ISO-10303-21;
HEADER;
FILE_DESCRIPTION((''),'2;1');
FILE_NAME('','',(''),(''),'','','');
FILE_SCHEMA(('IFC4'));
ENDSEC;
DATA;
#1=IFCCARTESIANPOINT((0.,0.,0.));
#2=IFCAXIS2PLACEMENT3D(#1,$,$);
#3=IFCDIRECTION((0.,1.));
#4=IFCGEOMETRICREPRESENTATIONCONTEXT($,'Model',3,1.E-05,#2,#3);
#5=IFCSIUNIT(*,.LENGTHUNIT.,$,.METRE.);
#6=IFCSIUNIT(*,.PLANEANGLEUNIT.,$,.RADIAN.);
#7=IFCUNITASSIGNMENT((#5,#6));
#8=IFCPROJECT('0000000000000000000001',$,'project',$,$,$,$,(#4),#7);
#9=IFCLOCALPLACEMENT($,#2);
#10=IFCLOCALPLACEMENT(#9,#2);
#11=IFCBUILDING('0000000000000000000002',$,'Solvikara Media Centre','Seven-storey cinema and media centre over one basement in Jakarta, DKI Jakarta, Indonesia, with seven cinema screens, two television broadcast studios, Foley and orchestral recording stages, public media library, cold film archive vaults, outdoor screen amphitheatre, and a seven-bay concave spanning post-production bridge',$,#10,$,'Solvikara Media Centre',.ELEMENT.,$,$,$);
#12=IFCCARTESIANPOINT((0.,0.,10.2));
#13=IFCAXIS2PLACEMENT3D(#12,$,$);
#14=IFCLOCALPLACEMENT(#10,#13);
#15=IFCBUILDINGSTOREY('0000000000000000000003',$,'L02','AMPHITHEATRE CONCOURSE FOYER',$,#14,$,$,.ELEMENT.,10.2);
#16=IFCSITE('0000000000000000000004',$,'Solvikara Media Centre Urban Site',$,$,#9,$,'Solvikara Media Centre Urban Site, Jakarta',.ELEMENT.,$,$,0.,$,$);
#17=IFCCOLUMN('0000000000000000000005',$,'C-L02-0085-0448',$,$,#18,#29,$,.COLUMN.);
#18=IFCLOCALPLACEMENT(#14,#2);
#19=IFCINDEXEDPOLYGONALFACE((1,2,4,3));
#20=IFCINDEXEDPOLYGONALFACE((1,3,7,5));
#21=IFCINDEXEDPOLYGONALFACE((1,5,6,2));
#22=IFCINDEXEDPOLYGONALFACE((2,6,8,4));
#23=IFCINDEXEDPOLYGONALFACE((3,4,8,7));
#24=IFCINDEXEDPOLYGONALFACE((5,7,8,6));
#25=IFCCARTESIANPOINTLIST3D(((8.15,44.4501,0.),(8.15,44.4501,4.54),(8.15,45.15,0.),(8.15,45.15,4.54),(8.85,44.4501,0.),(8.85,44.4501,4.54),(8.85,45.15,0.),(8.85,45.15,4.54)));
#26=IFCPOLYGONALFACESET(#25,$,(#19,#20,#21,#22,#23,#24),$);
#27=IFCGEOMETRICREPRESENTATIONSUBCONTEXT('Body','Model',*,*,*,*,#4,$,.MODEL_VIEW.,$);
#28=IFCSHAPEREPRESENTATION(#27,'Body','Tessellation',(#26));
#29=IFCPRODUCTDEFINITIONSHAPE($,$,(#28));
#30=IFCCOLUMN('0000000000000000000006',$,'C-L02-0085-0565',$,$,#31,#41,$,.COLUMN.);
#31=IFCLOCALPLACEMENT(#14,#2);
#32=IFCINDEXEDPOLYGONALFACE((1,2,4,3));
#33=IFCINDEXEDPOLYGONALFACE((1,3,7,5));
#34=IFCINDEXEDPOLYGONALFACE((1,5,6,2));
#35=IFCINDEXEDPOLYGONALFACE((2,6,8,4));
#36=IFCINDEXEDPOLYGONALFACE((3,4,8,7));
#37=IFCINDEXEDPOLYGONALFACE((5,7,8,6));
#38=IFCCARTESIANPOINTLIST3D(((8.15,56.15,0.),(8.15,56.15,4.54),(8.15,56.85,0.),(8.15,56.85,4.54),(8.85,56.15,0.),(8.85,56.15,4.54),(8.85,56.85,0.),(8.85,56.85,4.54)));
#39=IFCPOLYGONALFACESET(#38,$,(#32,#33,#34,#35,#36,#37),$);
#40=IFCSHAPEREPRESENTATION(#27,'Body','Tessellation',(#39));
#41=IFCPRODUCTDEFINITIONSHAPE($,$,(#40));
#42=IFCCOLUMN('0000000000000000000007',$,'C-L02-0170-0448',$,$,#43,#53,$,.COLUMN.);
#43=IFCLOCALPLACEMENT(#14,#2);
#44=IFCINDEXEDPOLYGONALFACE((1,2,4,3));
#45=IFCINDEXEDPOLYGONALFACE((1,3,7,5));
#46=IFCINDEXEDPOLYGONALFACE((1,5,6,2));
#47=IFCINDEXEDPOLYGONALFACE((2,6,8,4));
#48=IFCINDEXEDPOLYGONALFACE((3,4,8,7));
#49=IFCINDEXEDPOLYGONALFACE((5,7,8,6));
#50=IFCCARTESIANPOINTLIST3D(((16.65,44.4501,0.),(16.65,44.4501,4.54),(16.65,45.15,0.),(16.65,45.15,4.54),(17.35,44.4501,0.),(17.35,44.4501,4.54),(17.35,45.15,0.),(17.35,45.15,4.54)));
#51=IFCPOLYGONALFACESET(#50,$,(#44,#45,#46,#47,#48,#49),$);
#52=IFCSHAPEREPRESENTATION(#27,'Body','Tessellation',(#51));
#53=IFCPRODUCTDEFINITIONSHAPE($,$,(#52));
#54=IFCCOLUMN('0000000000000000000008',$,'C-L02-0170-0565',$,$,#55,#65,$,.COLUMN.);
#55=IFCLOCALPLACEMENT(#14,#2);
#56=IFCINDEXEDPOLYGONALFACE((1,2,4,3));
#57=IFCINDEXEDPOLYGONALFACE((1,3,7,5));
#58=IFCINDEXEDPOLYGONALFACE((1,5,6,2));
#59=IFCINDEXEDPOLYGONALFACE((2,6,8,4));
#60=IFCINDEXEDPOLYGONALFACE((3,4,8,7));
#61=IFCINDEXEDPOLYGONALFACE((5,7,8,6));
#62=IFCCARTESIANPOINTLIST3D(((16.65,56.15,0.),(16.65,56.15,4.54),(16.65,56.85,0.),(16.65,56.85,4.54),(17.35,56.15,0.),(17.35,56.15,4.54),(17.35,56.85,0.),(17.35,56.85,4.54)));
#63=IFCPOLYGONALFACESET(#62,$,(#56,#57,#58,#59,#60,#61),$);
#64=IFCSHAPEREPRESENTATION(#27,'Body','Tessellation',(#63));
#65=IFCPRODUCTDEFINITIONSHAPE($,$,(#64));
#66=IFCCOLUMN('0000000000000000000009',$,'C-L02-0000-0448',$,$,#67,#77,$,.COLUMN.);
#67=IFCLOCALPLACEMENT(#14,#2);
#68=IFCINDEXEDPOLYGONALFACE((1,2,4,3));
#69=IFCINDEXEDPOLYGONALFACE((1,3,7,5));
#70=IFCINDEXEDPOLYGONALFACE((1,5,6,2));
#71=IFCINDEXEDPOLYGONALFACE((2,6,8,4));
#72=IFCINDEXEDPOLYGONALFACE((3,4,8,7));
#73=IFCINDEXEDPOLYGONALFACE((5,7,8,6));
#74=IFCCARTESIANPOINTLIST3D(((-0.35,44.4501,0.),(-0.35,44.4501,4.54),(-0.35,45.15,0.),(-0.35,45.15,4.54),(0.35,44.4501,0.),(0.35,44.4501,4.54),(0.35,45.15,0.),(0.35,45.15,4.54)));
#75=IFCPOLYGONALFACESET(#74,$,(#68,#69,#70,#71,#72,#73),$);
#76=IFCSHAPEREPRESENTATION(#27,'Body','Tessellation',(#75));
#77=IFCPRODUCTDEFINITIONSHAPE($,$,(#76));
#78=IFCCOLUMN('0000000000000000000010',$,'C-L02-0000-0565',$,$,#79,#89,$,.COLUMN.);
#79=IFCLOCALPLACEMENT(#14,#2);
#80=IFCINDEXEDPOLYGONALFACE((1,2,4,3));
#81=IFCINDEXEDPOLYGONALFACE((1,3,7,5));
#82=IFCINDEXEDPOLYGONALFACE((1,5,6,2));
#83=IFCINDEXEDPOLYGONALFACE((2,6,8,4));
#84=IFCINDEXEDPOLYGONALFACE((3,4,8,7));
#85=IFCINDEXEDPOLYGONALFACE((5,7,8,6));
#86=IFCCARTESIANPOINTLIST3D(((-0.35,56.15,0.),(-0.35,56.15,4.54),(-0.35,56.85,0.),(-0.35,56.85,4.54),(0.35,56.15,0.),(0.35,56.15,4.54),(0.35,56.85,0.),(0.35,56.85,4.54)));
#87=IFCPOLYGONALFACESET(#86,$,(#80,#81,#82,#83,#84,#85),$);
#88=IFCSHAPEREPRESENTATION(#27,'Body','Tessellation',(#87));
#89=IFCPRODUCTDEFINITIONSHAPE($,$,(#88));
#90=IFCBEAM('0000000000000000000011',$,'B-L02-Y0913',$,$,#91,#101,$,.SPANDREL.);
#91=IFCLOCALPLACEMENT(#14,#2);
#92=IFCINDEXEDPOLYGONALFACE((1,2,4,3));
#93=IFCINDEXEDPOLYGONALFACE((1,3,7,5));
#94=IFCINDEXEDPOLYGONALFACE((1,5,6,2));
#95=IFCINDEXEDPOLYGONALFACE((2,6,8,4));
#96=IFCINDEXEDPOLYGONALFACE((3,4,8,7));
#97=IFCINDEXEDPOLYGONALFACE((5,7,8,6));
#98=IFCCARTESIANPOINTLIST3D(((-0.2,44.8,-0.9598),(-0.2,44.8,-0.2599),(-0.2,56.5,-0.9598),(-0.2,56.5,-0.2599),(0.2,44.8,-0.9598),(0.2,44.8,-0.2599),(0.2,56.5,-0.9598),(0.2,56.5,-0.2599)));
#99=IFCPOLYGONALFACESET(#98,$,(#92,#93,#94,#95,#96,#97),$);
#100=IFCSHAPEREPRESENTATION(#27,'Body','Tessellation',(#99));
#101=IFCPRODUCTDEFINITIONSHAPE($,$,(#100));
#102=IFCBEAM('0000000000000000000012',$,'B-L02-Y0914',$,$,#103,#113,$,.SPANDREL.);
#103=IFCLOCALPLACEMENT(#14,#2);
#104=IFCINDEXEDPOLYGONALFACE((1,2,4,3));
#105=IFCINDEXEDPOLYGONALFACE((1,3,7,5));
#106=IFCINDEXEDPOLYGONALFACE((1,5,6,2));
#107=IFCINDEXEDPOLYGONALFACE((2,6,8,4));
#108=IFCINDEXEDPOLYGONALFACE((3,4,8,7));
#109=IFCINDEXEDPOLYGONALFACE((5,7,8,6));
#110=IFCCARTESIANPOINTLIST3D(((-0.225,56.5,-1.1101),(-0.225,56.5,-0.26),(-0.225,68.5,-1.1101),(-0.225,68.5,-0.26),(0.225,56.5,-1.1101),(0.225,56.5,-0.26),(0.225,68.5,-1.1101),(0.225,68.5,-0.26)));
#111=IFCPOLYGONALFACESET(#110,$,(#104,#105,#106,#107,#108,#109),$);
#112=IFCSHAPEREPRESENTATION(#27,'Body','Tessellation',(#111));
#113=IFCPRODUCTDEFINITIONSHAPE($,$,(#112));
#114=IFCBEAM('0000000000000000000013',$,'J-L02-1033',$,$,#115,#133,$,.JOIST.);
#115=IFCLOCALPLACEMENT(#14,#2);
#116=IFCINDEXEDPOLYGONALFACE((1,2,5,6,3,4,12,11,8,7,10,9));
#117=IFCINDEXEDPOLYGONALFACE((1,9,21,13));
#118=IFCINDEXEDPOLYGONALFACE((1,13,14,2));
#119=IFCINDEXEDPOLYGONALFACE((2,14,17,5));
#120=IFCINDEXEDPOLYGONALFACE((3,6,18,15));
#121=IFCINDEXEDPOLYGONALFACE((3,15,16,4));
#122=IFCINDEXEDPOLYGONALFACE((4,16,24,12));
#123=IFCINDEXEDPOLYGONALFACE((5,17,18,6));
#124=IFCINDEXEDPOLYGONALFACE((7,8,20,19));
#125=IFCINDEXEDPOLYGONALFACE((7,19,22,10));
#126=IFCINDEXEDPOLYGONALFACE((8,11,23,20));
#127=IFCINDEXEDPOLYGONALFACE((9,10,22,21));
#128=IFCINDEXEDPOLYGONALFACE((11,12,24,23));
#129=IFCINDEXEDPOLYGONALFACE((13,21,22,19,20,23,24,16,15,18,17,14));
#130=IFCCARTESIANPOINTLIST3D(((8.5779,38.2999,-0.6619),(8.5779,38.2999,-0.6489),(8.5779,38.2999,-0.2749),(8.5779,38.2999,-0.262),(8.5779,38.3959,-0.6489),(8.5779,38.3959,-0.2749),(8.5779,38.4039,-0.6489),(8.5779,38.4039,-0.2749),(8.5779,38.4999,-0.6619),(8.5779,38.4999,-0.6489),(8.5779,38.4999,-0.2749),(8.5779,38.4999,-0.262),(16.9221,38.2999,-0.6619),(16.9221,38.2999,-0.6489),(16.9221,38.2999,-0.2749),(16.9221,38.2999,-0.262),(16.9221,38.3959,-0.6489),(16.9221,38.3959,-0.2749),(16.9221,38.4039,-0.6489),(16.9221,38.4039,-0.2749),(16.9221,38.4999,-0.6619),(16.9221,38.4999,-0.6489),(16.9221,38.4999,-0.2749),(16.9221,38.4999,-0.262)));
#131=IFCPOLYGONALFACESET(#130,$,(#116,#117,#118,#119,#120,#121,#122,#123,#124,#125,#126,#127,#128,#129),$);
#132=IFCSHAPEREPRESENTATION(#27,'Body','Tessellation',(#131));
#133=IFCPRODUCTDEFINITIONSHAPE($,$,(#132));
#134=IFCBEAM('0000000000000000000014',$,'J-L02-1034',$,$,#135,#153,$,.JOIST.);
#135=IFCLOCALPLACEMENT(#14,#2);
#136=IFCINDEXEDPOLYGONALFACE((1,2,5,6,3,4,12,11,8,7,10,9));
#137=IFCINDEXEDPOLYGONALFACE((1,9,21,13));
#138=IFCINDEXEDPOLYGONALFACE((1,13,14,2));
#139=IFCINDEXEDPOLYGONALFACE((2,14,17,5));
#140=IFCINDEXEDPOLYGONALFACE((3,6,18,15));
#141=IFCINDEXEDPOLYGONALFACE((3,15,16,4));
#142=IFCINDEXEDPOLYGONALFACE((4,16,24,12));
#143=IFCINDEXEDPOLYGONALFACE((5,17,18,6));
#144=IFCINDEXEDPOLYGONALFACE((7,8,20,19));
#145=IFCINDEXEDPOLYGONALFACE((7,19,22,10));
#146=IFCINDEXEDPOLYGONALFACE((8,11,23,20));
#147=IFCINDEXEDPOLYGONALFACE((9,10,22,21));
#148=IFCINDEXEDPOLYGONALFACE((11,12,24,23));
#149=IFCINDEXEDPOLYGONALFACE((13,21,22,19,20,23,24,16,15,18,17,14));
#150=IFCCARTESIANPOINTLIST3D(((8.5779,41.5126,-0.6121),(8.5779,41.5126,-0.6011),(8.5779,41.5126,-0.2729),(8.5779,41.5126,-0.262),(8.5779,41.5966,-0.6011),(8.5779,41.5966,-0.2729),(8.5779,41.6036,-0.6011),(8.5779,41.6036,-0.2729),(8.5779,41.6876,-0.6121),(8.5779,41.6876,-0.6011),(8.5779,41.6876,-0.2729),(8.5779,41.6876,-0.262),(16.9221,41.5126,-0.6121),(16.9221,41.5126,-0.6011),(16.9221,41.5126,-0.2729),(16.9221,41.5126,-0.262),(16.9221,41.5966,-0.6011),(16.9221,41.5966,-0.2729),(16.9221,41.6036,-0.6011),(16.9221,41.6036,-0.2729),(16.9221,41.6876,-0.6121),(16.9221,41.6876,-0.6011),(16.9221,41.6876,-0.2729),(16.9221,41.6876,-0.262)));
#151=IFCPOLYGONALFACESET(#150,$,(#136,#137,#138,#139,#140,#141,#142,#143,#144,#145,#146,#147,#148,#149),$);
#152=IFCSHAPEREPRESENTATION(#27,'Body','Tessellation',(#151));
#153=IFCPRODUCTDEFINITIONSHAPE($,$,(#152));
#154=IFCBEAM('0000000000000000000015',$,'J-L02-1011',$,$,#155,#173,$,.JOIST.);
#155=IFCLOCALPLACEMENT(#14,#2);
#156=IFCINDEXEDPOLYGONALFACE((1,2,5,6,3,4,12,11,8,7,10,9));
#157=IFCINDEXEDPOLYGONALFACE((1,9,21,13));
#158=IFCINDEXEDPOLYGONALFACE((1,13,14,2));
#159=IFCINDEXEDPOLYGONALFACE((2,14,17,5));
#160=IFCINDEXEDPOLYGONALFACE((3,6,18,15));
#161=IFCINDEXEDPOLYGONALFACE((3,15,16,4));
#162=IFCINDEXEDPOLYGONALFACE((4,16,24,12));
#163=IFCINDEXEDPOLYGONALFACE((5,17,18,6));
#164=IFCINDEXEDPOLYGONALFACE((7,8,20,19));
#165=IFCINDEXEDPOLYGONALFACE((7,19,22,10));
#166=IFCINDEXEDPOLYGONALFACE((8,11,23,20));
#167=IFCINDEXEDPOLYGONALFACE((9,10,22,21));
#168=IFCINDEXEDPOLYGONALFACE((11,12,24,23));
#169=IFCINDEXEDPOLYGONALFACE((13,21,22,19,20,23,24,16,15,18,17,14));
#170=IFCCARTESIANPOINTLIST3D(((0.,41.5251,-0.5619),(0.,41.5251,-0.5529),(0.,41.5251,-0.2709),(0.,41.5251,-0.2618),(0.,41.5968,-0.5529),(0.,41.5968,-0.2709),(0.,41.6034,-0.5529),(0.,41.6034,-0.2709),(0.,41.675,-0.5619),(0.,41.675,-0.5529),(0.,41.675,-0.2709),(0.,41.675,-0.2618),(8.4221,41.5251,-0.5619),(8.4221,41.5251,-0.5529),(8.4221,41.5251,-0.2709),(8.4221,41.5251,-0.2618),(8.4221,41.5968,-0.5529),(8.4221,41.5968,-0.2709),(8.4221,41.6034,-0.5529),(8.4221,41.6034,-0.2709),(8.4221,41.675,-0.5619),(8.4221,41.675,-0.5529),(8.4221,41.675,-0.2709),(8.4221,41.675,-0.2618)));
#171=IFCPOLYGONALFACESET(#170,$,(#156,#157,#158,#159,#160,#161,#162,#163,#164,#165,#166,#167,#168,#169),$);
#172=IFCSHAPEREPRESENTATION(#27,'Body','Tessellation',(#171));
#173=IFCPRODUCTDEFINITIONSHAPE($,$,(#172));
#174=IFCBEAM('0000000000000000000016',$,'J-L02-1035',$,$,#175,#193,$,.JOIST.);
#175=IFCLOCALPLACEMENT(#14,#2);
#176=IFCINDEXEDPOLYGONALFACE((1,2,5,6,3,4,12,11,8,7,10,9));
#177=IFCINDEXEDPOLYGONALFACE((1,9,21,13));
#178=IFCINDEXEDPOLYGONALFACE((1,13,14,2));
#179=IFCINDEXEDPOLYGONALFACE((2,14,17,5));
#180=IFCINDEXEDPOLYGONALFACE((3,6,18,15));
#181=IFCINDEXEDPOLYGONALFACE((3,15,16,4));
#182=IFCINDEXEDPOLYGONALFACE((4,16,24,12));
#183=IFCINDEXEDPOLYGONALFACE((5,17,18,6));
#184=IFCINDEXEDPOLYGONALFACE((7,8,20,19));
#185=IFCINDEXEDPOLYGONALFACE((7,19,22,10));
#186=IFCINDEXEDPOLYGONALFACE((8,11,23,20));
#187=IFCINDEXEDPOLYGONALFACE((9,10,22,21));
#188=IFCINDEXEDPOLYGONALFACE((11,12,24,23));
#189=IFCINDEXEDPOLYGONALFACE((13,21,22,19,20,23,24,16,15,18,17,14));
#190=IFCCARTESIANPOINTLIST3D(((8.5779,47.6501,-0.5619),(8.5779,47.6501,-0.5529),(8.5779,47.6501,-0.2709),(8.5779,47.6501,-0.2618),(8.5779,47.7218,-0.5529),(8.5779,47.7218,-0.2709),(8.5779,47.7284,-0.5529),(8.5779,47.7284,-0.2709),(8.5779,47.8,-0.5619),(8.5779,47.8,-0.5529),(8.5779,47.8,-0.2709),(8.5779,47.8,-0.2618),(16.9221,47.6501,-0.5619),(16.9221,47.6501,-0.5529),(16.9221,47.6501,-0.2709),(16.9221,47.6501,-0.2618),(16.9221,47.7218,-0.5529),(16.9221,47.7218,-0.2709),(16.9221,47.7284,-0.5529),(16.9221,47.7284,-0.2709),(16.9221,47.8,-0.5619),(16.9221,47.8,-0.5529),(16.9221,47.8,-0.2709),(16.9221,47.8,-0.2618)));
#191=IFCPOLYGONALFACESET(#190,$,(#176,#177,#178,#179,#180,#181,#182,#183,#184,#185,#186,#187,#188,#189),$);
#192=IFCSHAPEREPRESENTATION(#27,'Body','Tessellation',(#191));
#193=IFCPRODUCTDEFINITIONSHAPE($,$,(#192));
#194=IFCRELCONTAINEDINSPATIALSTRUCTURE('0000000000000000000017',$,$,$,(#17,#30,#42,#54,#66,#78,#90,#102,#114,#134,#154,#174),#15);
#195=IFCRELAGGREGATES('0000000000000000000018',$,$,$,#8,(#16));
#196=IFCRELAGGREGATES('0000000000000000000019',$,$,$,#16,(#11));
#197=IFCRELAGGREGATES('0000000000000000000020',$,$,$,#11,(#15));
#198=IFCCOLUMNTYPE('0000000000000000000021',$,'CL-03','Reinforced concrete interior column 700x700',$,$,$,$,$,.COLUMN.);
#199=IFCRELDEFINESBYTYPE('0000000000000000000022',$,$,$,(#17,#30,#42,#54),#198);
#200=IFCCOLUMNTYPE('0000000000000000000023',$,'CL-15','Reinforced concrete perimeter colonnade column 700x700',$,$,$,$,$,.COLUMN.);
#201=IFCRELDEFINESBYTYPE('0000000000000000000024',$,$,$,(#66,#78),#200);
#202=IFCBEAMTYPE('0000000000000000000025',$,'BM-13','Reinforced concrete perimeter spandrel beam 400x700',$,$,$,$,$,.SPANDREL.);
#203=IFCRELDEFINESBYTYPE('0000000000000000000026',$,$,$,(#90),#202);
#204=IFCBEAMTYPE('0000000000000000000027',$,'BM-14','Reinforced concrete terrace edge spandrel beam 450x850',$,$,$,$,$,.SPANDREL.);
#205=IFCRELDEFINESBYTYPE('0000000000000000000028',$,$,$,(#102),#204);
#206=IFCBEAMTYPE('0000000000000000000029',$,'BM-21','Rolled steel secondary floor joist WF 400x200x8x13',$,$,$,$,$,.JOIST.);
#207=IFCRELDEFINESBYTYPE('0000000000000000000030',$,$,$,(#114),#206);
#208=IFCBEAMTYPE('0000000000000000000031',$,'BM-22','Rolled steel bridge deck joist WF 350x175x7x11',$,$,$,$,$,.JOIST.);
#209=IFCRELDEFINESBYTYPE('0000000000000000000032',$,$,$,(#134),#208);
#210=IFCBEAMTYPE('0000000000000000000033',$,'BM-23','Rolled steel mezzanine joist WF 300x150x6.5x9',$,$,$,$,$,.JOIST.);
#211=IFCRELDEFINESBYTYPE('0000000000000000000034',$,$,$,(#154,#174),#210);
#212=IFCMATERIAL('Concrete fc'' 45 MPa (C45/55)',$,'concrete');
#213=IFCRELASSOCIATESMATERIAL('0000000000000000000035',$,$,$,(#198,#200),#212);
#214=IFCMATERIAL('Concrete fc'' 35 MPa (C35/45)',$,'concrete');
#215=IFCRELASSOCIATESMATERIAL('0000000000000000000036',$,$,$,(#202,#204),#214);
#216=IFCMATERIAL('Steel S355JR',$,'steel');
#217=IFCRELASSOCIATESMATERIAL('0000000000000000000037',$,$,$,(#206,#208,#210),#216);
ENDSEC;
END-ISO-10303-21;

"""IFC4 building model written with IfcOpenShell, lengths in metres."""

from ifc_helpers import new_model, si_unit, direction, frame, origin, origin_2d, place, context, subcontext, project, spatial, rectangle, i_section, extrude, material, material_profile, profile_set, type_object, element, save


model = new_model("IFC4")

# Units and contexts
model_context = context("Model", 3, precision=1e-05, world=origin(), true_north=direction((0.0, 1.0)))
body_context = subcontext(model_context, "Body", "Model", "MODEL_VIEW")
ifc_project = project(units=[si_unit("LENGTHUNIT", "METRE"), si_unit("PLANEANGLEUNIT", "RADIAN")], contexts=[model_context])

# Site, building, storey
site_placement = place(None, origin())
site = spatial("IfcSite", under=ifc_project, at=site_placement, Name="Solvikara Media Centre Urban Site", LongName="Solvikara Media Centre Urban Site, Jakarta", CompositionType="ELEMENT", RefElevation=0.0)
building_placement = place(site_placement, origin())
building = spatial("IfcBuilding", under=site, at=building_placement, Name="Solvikara Media Centre", Description="Seven-storey cinema and media centre over one basement in Jakarta, DKI Jakarta, Indonesia, with seven cinema screens, two television broadcast studios, Foley and orchestral recording stages, public media library, cold film archive vaults, outdoor screen amphitheatre, and a seven-bay concave spanning post-production bridge", LongName="Solvikara Media Centre", CompositionType="ELEMENT")
storey_placement = place(building_placement, frame((0.0, 0.0, 10.2)))
storey = spatial("IfcBuildingStorey", under=building, at=storey_placement, Name="L02", Description="AMPHITHEATRE CONCOURSE FOYER", CompositionType="ELEMENT", Elevation=10.2)

# Columns
ifc_material_1 = material(Name="Concrete fc' 45 MPa (C45/55)", Category="concrete")
ifc_material_profile_1 = material_profile(ifc_material_1, rectangle(XDim=0.7, YDim=0.7, at=origin_2d()), Name="RC 700x700")
ifc_profile_set_1 = profile_set([ifc_material_profile_1], Name="Concrete fc' 45 MPa (C45/55)")
column_type_1 = type_object("IfcColumnType", Name="CL-03", Description="Reinforced concrete interior column 700x700", PredefinedType="COLUMN", material=ifc_profile_set_1)
for number, where, z_axis, x_axis, name in (
    (1, (8.5, 44.8, 0.0), (0.0, 0.0, 1.0), (1.0, 0.0, 0.0), "C-L02-0085-0448"),
    (2, (8.5, 56.5, 0.0), (0.0, 0.0, 1.0), (1.0, 0.0, 0.0), "C-L02-0085-0565"),
    (3, (17.0, 44.8, 0.0), (0.0, 0.0, 1.0), (1.0, 0.0, 0.0), "C-L02-0170-0448"),
    (4, (17.0, 56.5, 0.0), (0.0, 0.0, 1.0), (1.0, 0.0, 0.0), "C-L02-0170-0565"),
):
    element("IfcColumn", number, at=place(storey_placement, frame(where, z_axis=z_axis, x_axis=x_axis)), inside=storey, type_object=column_type_1, Name=name, PredefinedType="COLUMN", context=body_context, shape_type="SweptSolid", body=[
        extrude(rectangle(XDim=0.7, YDim=0.7, at=origin_2d()), origin(), (0.0, 0.0, 1.0), 4.54),
    ])
ifc_material_profile_2 = material_profile(ifc_material_1, rectangle(XDim=0.7, YDim=0.7, at=origin_2d()), Name="RC 700x700")
ifc_profile_set_2 = profile_set([ifc_material_profile_2], Name="Concrete fc' 45 MPa (C45/55)")
column_type_2 = type_object("IfcColumnType", Name="CL-15", Description="Reinforced concrete perimeter colonnade column 700x700", PredefinedType="COLUMN", material=ifc_profile_set_2)
for number, where, z_axis, x_axis, name in (
    (5, (0.0, 44.8, 0.0), (0.0, 0.0, 1.0), (1.0, 0.0, 0.0), "C-L02-0000-0448"),
    (6, (0.0, 56.5, 0.0), (0.0, 0.0, 1.0), (1.0, 0.0, 0.0), "C-L02-0000-0565"),
):
    element("IfcColumn", number, at=place(storey_placement, frame(where, z_axis=z_axis, x_axis=x_axis)), inside=storey, type_object=column_type_2, Name=name, PredefinedType="COLUMN", context=body_context, shape_type="SweptSolid", body=[
        extrude(rectangle(XDim=0.7, YDim=0.7, at=origin_2d()), origin(), (0.0, 0.0, 1.0), 4.54),
    ])

# Beams
ifc_material_2 = material(Name="Concrete fc' 35 MPa (C35/45)", Category="concrete")
ifc_material_profile_3 = material_profile(ifc_material_2, rectangle(XDim=0.3999, YDim=0.7, at=origin_2d()), Name="RC 400x700")
ifc_profile_set_3 = profile_set([ifc_material_profile_3], Name="Concrete fc' 35 MPa (C35/45)")
beam_type_1 = type_object("IfcBeamType", Name="BM-13", Description="Reinforced concrete perimeter spandrel beam 400x700", PredefinedType="SPANDREL", material=ifc_profile_set_3)
beam_1_placement = place(storey_placement, frame((0.0, 44.8, -0.6099), z_axis=(0.0, 1.0, 0.0), x_axis=(-1.0, 0.0, 0.0)))
element("IfcBeam", 7, at=beam_1_placement, inside=storey, type_object=beam_type_1, Name="B-L02-Y0913", PredefinedType="SPANDREL", context=body_context, shape_type="SweptSolid", body=[
    extrude(rectangle(XDim=0.3999, YDim=0.7, at=origin_2d()), origin(), (0.0, 0.0, 1.0), 11.7),
])
ifc_material_profile_4 = material_profile(ifc_material_2, rectangle(XDim=0.45, YDim=0.8501, at=origin_2d()), Name="RC 450x850")
ifc_profile_set_4 = profile_set([ifc_material_profile_4], Name="Concrete fc' 35 MPa (C35/45)")
beam_type_2 = type_object("IfcBeamType", Name="BM-14", Description="Reinforced concrete terrace edge spandrel beam 450x850", PredefinedType="SPANDREL", material=ifc_profile_set_4)
beam_2_placement = place(storey_placement, frame((0.0, 56.5, -0.6851), z_axis=(0.0, 1.0, 0.0), x_axis=(-1.0, 0.0, 0.0)))
element("IfcBeam", 8, at=beam_2_placement, inside=storey, type_object=beam_type_2, Name="B-L02-Y0914", PredefinedType="SPANDREL", context=body_context, shape_type="SweptSolid", body=[
    extrude(rectangle(XDim=0.45, YDim=0.8501, at=origin_2d()), origin(), (0.0, 0.0, 1.0), 12.0),
])
ifc_material_3 = material(Name="Steel S355JR", Category="steel")
ifc_material_profile_5 = material_profile(ifc_material_3, i_section(OverallWidth=0.2, OverallDepth=0.3999, WebThickness=0.0081, FlangeThickness=0.0129, at=origin_2d()), Name="WF 400x200x8x13")
ifc_profile_set_5 = profile_set([ifc_material_profile_5], Name="Steel S355JR")
beam_type_3 = type_object("IfcBeamType", Name="BM-21", Description="Rolled steel secondary floor joist WF 400x200x8x13", PredefinedType="JOIST", material=ifc_profile_set_5)
beam_3_placement = place(storey_placement, frame((8.5779, 38.3999, -0.4619), z_axis=(1.0, 0.0, 0.0), x_axis=(0.0, 1.0, 0.0)))
element("IfcBeam", 9, at=beam_3_placement, inside=storey, type_object=beam_type_3, Name="J-L02-1033", PredefinedType="JOIST", context=body_context, shape_type="SweptSolid", body=[
    extrude(i_section(OverallWidth=0.2, OverallDepth=0.3999, WebThickness=0.0081, FlangeThickness=0.0129, at=origin_2d()), origin(), (0.0, 0.0, 1.0), 8.3442),
])
ifc_material_profile_6 = material_profile(ifc_material_3, i_section(OverallWidth=0.175, OverallDepth=0.3501, WebThickness=0.0071, FlangeThickness=0.011, at=origin_2d()), Name="WF 350x175x7x11")
ifc_profile_set_6 = profile_set([ifc_material_profile_6], Name="Steel S355JR")
beam_type_4 = type_object("IfcBeamType", Name="BM-22", Description="Rolled steel bridge deck joist WF 350x175x7x11", PredefinedType="JOIST", material=ifc_profile_set_6)
beam_4_placement = place(storey_placement, frame((8.5779, 41.6001, -0.437), z_axis=(1.0, 0.0, 0.0), x_axis=(0.0, 1.0, 0.0)))
element("IfcBeam", 10, at=beam_4_placement, inside=storey, type_object=beam_type_4, Name="J-L02-1034", PredefinedType="JOIST", context=body_context, shape_type="SweptSolid", body=[
    extrude(i_section(OverallWidth=0.175, OverallDepth=0.3501, WebThickness=0.0071, FlangeThickness=0.011, at=origin_2d()), origin(), (0.0, 0.0, 1.0), 8.3442),
])
ifc_material_profile_7 = material_profile(ifc_material_3, i_section(OverallWidth=0.1499, OverallDepth=0.3, WebThickness=0.0066, FlangeThickness=0.009, at=origin_2d()), Name="WF 300x150x6.5x9")
ifc_profile_set_7 = profile_set([ifc_material_profile_7], Name="Steel S355JR")
beam_type_5 = type_object("IfcBeamType", Name="BM-23", Description="Rolled steel mezzanine joist WF 300x150x6.5x9", PredefinedType="JOIST", material=ifc_profile_set_7)
beam_5_placement = place(storey_placement, frame((0.0, 41.6001, -0.4119), z_axis=(1.0, 0.0, 0.0), x_axis=(0.0, 1.0, 0.0)))
element("IfcBeam", 11, at=beam_5_placement, inside=storey, type_object=beam_type_5, Name="J-L02-1011", PredefinedType="JOIST", context=body_context, shape_type="SweptSolid", body=[
    extrude(i_section(OverallWidth=0.1499, OverallDepth=0.3, WebThickness=0.0066, FlangeThickness=0.009, at=origin_2d()), origin(), (0.0, 0.0, 1.0), 8.4221),
])
beam_6_placement = place(storey_placement, frame((8.5779, 47.7251, -0.4119), z_axis=(1.0, 0.0, 0.0), x_axis=(0.0, 1.0, 0.0)))
element("IfcBeam", 12, at=beam_6_placement, inside=storey, type_object=beam_type_5, Name="J-L02-1035", PredefinedType="JOIST", context=body_context, shape_type="SweptSolid", body=[
    extrude(i_section(OverallWidth=0.1499, OverallDepth=0.3, WebThickness=0.0066, FlangeThickness=0.009, at=origin_2d()), origin(), (0.0, 0.0, 1.0), 8.3442),
])

save(model, "model.ifc")
